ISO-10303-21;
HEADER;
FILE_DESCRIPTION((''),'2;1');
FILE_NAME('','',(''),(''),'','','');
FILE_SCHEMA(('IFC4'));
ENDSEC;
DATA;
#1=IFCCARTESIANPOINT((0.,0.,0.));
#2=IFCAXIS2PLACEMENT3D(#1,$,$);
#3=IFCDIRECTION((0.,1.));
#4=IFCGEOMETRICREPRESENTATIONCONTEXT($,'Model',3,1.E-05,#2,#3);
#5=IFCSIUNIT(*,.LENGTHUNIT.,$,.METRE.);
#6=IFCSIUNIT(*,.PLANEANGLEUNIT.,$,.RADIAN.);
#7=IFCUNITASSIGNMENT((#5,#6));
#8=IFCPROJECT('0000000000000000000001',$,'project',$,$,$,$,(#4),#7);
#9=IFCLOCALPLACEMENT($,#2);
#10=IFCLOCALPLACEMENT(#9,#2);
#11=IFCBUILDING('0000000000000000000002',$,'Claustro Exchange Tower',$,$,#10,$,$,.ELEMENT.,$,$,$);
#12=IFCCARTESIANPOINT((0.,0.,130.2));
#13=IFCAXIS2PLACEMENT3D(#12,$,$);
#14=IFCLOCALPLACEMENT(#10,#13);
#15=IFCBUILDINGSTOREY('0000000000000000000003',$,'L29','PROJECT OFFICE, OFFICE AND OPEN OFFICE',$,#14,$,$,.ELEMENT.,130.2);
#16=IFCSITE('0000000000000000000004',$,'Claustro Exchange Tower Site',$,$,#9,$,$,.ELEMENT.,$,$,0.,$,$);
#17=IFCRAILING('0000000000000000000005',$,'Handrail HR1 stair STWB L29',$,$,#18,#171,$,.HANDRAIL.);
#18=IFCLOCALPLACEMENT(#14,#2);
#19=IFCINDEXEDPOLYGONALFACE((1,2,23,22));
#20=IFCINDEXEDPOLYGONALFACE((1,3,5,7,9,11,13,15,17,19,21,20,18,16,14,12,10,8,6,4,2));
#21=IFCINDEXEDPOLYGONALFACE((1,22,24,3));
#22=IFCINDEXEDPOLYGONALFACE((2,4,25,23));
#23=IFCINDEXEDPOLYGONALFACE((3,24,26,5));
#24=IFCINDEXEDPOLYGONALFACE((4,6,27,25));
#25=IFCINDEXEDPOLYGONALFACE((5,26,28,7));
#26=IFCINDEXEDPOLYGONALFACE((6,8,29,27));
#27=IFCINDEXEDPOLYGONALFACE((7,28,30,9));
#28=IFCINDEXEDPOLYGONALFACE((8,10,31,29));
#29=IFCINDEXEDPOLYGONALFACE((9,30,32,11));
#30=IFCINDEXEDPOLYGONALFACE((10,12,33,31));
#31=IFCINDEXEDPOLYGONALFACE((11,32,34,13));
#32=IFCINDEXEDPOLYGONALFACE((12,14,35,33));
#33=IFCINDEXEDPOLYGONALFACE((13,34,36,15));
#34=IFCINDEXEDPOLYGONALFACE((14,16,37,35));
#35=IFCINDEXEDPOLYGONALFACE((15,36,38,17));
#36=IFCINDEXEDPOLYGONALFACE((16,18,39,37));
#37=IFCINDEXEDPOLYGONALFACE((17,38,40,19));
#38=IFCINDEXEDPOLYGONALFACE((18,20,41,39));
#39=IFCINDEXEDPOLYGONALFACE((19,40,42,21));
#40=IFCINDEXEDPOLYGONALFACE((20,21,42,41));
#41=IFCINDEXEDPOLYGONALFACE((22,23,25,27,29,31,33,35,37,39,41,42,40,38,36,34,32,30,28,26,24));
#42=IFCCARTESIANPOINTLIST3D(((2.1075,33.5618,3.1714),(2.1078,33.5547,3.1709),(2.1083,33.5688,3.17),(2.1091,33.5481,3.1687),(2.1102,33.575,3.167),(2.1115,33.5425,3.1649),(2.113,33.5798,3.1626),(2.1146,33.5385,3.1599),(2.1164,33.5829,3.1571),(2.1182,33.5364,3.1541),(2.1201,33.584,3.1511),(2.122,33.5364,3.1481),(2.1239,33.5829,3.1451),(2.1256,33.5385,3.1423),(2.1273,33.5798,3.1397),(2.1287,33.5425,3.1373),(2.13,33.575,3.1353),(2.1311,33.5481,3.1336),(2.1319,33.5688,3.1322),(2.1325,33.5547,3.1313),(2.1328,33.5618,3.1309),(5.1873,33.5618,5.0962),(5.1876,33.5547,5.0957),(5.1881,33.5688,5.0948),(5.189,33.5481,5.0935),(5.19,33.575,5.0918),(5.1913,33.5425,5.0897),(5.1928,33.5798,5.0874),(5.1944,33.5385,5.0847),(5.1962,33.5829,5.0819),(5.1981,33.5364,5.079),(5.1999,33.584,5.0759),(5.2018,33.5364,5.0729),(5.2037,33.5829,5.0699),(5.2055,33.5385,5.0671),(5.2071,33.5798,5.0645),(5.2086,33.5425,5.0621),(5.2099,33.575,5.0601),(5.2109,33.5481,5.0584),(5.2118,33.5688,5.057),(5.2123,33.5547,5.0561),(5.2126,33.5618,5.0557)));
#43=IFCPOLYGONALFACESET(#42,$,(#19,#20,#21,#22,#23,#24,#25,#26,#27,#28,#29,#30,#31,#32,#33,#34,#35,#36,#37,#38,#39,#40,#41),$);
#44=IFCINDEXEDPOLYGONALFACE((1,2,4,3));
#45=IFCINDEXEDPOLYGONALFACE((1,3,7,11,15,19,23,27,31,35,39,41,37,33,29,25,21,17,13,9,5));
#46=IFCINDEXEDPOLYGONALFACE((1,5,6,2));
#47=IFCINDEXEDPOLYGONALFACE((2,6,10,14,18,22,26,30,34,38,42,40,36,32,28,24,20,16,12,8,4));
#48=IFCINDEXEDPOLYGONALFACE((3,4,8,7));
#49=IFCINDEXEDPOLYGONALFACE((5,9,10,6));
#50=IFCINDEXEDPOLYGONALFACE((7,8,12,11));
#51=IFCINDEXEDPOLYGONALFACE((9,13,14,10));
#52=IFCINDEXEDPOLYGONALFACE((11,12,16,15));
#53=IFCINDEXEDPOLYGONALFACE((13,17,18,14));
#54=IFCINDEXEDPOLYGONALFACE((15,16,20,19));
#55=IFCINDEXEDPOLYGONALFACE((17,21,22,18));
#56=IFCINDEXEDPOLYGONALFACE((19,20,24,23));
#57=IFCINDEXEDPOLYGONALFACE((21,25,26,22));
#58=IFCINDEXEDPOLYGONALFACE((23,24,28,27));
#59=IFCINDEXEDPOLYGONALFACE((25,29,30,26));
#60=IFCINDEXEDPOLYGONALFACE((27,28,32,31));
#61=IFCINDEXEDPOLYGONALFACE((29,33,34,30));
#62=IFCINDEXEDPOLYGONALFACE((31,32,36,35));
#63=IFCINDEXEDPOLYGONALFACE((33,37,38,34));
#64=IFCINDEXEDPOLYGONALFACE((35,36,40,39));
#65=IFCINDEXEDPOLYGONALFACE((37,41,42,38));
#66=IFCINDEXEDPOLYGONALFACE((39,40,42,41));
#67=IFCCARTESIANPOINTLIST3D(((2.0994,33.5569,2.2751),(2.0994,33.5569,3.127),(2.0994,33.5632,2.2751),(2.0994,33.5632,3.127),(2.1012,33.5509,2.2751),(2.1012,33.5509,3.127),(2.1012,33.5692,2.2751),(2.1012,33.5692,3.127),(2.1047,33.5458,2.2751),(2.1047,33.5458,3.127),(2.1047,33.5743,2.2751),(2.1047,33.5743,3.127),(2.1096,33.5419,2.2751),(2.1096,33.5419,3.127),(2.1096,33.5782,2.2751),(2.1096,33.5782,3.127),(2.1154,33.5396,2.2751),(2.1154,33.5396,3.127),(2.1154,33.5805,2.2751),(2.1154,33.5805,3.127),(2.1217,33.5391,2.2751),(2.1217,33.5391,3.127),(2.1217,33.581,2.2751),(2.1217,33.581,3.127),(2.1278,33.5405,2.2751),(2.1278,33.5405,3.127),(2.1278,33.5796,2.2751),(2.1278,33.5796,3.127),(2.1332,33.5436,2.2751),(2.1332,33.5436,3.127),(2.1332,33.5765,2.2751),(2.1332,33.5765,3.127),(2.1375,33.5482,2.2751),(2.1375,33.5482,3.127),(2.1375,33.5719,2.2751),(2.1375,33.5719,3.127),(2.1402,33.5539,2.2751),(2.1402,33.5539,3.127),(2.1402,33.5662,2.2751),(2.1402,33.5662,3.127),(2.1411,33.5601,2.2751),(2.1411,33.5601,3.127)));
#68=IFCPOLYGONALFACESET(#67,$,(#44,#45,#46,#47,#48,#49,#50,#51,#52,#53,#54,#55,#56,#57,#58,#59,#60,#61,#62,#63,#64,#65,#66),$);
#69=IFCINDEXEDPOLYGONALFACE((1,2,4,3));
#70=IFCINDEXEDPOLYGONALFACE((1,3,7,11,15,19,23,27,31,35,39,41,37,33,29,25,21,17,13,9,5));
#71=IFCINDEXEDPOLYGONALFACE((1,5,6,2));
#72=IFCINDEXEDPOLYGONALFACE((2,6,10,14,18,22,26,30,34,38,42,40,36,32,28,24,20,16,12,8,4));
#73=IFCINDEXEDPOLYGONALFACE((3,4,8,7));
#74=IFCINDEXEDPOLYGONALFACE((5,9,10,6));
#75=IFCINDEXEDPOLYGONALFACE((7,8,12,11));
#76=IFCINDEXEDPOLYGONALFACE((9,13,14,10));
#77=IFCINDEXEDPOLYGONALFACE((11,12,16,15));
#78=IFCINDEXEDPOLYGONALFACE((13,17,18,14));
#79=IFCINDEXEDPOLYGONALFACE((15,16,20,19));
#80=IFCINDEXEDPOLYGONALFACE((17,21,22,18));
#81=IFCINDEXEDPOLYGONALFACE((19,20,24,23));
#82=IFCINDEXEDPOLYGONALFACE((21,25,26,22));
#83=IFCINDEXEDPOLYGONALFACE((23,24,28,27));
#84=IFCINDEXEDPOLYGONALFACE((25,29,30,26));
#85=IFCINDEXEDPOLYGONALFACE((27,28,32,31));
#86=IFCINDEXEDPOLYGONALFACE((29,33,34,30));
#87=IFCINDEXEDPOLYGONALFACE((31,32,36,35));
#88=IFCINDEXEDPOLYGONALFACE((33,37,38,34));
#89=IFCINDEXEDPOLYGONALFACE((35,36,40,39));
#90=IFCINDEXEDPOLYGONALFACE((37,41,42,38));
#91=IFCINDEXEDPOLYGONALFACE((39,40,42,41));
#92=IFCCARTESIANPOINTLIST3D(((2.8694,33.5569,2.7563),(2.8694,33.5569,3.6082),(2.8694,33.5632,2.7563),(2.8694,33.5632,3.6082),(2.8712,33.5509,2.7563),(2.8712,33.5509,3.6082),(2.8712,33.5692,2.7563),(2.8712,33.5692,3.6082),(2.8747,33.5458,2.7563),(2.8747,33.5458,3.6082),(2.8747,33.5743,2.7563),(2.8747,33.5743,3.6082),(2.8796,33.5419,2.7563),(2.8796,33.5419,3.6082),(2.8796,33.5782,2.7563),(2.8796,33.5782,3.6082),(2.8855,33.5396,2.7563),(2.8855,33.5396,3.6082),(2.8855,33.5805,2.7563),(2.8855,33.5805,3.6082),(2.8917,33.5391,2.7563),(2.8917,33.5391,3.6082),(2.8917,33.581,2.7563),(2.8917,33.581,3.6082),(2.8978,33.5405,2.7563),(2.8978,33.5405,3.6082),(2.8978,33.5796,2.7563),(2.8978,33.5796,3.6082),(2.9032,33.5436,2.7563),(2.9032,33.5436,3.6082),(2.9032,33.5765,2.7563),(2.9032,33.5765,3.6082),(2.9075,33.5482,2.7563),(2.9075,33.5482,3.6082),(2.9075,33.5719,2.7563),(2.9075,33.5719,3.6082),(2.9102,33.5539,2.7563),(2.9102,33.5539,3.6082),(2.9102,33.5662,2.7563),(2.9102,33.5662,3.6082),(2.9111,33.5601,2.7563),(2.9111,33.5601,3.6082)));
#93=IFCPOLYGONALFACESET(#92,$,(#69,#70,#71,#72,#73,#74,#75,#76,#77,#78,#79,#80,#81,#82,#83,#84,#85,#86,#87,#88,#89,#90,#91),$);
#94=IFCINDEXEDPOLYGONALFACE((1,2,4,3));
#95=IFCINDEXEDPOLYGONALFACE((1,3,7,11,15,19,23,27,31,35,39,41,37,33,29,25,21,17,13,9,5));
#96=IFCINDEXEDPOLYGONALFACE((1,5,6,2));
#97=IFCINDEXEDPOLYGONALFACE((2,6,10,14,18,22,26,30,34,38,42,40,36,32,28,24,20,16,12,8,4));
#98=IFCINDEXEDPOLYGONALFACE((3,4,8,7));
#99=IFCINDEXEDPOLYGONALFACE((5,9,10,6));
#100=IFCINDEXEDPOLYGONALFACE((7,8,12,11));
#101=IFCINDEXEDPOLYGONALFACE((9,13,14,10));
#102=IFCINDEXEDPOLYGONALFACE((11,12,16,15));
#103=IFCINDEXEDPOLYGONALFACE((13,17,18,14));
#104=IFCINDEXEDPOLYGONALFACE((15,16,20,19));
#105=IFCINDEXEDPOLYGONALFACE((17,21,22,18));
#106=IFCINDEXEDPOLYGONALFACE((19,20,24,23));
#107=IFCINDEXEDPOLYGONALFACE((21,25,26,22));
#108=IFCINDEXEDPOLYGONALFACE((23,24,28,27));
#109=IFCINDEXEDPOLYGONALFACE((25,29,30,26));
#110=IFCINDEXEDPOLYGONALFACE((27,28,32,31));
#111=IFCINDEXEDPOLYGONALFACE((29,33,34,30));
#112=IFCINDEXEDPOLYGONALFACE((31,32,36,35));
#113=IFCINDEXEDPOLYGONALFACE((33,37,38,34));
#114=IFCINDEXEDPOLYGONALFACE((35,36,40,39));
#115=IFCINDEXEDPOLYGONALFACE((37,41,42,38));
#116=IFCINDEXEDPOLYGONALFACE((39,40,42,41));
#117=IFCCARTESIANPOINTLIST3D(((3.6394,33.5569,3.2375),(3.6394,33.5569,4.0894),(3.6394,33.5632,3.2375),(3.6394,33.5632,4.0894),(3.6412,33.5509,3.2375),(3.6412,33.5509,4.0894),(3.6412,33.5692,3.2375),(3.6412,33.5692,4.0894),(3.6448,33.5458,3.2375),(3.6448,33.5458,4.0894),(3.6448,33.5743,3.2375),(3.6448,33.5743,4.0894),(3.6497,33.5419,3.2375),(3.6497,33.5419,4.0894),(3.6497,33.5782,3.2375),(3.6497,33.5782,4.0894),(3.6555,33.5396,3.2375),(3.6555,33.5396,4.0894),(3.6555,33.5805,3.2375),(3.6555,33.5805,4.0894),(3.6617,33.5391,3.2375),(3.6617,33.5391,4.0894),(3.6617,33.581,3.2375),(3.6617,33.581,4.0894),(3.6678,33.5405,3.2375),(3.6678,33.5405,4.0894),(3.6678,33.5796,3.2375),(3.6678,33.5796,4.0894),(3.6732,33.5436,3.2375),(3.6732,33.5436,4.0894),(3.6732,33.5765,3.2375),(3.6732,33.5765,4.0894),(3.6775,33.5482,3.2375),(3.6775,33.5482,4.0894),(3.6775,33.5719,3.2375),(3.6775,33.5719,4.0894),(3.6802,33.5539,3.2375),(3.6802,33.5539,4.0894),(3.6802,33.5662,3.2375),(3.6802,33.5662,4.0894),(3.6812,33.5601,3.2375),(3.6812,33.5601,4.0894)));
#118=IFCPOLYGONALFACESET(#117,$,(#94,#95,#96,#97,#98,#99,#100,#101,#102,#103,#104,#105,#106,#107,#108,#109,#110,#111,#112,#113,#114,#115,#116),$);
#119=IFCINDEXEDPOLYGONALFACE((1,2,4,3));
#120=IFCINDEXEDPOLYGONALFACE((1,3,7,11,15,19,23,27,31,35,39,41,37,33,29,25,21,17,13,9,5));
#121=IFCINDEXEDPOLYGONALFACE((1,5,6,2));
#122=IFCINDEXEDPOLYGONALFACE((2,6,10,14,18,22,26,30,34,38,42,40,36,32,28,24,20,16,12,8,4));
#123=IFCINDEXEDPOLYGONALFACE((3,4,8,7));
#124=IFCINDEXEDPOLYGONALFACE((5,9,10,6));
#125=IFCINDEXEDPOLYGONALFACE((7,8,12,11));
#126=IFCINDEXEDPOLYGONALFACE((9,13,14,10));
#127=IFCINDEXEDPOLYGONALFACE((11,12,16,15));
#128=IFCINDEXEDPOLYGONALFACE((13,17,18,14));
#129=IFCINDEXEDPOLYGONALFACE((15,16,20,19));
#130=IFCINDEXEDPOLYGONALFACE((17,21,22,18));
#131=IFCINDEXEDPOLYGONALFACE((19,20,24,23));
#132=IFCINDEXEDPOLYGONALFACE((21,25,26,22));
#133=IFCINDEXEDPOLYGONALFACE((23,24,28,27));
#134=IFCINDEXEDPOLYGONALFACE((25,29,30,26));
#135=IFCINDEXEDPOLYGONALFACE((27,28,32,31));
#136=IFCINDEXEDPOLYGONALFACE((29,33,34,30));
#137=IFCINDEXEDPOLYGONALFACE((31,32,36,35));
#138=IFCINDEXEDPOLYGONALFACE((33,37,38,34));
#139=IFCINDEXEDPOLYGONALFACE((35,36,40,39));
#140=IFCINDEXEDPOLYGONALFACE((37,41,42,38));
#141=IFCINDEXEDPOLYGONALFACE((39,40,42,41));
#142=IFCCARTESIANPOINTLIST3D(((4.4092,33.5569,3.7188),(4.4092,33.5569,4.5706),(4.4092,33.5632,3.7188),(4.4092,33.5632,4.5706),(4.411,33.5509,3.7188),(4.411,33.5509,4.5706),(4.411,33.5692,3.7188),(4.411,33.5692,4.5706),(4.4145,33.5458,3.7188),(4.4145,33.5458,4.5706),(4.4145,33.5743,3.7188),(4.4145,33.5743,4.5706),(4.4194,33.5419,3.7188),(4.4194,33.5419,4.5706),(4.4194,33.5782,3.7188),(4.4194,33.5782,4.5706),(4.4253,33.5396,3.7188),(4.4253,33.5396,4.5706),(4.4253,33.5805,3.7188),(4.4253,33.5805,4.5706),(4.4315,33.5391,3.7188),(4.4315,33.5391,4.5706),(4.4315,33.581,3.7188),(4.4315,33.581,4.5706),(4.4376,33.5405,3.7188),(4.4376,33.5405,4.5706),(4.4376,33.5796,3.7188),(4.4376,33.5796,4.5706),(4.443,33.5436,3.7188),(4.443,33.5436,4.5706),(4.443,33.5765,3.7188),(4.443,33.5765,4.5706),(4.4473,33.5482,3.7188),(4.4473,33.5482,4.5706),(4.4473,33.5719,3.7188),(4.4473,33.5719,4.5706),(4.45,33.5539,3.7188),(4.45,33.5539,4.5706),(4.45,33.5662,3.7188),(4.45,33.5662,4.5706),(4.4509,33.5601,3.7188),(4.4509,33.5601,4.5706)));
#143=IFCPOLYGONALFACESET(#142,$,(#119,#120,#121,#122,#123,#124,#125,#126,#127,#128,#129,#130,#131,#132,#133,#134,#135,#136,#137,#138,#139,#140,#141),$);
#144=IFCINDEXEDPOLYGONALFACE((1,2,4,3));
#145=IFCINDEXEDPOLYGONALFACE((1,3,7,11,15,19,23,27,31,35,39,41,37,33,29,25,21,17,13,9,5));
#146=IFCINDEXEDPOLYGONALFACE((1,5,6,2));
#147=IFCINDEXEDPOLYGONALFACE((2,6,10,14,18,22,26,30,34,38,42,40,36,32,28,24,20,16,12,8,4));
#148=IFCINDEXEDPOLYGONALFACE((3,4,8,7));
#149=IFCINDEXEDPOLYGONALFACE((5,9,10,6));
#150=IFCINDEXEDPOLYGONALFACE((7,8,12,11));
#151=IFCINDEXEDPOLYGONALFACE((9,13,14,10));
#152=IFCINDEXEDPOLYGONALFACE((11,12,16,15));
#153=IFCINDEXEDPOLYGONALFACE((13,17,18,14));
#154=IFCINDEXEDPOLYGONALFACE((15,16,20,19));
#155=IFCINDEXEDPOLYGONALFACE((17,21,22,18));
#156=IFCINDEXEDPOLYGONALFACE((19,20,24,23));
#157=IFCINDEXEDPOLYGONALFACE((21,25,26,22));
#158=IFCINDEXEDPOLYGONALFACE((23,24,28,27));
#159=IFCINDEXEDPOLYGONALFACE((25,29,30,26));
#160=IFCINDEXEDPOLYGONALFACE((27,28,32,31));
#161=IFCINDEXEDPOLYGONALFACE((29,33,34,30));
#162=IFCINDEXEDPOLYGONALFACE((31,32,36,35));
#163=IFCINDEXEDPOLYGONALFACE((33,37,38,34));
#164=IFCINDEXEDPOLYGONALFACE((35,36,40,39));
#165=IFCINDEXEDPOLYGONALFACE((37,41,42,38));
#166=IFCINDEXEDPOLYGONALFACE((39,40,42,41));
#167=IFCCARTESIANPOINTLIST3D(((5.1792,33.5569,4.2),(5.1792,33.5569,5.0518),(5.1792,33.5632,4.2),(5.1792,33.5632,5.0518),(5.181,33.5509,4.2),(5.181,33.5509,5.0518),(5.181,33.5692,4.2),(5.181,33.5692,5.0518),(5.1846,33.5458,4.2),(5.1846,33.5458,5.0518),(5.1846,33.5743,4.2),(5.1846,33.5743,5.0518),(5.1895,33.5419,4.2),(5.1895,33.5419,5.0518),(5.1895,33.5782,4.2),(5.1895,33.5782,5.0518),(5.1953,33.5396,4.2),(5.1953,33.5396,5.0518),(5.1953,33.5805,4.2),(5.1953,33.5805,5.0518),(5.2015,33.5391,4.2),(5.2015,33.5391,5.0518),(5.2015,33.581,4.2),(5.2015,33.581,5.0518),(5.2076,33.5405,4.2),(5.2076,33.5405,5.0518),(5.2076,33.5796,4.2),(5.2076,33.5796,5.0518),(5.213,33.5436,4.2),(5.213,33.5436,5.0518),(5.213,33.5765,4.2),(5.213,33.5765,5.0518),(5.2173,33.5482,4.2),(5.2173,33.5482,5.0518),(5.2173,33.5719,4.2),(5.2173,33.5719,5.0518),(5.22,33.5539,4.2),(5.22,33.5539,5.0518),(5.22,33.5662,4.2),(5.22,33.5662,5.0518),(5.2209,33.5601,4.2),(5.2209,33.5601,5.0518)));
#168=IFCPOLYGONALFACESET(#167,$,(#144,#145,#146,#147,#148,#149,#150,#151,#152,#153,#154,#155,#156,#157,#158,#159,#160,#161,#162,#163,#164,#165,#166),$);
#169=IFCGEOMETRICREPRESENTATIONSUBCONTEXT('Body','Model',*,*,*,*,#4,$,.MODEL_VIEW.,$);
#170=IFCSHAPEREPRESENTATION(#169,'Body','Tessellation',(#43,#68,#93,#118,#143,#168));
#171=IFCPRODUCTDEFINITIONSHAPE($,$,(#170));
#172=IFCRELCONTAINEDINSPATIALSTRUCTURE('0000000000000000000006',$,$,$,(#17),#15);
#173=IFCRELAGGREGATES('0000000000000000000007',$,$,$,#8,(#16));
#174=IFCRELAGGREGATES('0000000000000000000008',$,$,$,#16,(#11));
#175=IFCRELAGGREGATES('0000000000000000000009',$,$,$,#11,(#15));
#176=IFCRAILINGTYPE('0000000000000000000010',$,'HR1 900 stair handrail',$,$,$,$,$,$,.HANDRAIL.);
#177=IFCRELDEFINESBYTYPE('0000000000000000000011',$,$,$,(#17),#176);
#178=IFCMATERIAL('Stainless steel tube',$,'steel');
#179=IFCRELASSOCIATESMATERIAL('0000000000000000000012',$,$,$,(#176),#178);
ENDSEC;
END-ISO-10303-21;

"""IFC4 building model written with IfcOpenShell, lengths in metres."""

from ifc_helpers import new_model, si_unit, direction, frame, origin, origin_2d, place, context, subcontext, project, spatial, circle, extrude, material, type_object, element, save


model = new_model("IFC4")

# Units and contexts
model_context = context("Model", 3, precision=1e-05, world=origin(), true_north=direction((0.0, 1.0)))
body_context = subcontext(model_context, "Body", "Model", "MODEL_VIEW")
ifc_project = project(units=[si_unit("LENGTHUNIT", "METRE"), si_unit("PLANEANGLEUNIT", "RADIAN")], contexts=[model_context])

# Site, building, storey
site_placement = place(None, origin())
site = spatial("IfcSite", under=ifc_project, at=site_placement, Name="Claustro Exchange Tower Site", CompositionType="ELEMENT", RefElevation=0.0)
building_placement = place(site_placement, origin())
building = spatial("IfcBuilding", under=site, at=building_placement, Name="Claustro Exchange Tower", CompositionType="ELEMENT")
storey_placement = place(building_placement, frame((0.0, 0.0, 130.2)))
storey = spatial("IfcBuildingStorey", under=building, at=storey_placement, Name="L29", Description="PROJECT OFFICE, OFFICE AND OPEN OFFICE", CompositionType="ELEMENT", Elevation=130.2)

# Railing
ifc_material_1 = material(Name="Stainless steel tube", Category="steel")
railing_type_1 = type_object("IfcRailingType", Name="HR1 900 stair handrail", PredefinedType="HANDRAIL", material=ifc_material_1)
railing_1_placement = place(storey_placement, frame((2.1201, 33.5601, 2.2751)))
element("IfcRailing", 1, at=railing_1_placement, inside=storey, type_object=railing_type_1, Name="Handrail HR1 stair STWB L29", PredefinedType="HANDRAIL", context=body_context, shape_type="SweptSolid", body=[
    extrude(circle(Radius=0.0239, at=origin_2d()), frame((0.0, 0.0, 0.876), z_axis=(0.84801, 0.0, 0.529981), x_axis=(0.0, 1.0, 0.0)), (0.0, 0.0, 1.0), 3.6318),
    extrude(circle(Radius=0.021, at=origin_2d()), origin(), (0.0, 0.0, 1.0), 0.8518),
    extrude(circle(Radius=0.021, at=origin_2d()), frame((0.77, 0.0, 0.4812)), (0.0, 0.0, 1.0), 0.8518),
    extrude(circle(Radius=0.021, at=origin_2d()), frame((1.54, 0.0, 0.9624)), (0.0, 0.0, 1.0), 0.8518),
    extrude(circle(Radius=0.021, at=origin_2d()), frame((2.3098, 0.0, 1.4436)), (0.0, 0.0, 1.0), 0.8518),
    extrude(circle(Radius=0.021, at=origin_2d()), frame((3.0798, 0.0, 1.9248)), (0.0, 0.0, 1.0), 0.8518),
])

save(model, "model.ifc")
